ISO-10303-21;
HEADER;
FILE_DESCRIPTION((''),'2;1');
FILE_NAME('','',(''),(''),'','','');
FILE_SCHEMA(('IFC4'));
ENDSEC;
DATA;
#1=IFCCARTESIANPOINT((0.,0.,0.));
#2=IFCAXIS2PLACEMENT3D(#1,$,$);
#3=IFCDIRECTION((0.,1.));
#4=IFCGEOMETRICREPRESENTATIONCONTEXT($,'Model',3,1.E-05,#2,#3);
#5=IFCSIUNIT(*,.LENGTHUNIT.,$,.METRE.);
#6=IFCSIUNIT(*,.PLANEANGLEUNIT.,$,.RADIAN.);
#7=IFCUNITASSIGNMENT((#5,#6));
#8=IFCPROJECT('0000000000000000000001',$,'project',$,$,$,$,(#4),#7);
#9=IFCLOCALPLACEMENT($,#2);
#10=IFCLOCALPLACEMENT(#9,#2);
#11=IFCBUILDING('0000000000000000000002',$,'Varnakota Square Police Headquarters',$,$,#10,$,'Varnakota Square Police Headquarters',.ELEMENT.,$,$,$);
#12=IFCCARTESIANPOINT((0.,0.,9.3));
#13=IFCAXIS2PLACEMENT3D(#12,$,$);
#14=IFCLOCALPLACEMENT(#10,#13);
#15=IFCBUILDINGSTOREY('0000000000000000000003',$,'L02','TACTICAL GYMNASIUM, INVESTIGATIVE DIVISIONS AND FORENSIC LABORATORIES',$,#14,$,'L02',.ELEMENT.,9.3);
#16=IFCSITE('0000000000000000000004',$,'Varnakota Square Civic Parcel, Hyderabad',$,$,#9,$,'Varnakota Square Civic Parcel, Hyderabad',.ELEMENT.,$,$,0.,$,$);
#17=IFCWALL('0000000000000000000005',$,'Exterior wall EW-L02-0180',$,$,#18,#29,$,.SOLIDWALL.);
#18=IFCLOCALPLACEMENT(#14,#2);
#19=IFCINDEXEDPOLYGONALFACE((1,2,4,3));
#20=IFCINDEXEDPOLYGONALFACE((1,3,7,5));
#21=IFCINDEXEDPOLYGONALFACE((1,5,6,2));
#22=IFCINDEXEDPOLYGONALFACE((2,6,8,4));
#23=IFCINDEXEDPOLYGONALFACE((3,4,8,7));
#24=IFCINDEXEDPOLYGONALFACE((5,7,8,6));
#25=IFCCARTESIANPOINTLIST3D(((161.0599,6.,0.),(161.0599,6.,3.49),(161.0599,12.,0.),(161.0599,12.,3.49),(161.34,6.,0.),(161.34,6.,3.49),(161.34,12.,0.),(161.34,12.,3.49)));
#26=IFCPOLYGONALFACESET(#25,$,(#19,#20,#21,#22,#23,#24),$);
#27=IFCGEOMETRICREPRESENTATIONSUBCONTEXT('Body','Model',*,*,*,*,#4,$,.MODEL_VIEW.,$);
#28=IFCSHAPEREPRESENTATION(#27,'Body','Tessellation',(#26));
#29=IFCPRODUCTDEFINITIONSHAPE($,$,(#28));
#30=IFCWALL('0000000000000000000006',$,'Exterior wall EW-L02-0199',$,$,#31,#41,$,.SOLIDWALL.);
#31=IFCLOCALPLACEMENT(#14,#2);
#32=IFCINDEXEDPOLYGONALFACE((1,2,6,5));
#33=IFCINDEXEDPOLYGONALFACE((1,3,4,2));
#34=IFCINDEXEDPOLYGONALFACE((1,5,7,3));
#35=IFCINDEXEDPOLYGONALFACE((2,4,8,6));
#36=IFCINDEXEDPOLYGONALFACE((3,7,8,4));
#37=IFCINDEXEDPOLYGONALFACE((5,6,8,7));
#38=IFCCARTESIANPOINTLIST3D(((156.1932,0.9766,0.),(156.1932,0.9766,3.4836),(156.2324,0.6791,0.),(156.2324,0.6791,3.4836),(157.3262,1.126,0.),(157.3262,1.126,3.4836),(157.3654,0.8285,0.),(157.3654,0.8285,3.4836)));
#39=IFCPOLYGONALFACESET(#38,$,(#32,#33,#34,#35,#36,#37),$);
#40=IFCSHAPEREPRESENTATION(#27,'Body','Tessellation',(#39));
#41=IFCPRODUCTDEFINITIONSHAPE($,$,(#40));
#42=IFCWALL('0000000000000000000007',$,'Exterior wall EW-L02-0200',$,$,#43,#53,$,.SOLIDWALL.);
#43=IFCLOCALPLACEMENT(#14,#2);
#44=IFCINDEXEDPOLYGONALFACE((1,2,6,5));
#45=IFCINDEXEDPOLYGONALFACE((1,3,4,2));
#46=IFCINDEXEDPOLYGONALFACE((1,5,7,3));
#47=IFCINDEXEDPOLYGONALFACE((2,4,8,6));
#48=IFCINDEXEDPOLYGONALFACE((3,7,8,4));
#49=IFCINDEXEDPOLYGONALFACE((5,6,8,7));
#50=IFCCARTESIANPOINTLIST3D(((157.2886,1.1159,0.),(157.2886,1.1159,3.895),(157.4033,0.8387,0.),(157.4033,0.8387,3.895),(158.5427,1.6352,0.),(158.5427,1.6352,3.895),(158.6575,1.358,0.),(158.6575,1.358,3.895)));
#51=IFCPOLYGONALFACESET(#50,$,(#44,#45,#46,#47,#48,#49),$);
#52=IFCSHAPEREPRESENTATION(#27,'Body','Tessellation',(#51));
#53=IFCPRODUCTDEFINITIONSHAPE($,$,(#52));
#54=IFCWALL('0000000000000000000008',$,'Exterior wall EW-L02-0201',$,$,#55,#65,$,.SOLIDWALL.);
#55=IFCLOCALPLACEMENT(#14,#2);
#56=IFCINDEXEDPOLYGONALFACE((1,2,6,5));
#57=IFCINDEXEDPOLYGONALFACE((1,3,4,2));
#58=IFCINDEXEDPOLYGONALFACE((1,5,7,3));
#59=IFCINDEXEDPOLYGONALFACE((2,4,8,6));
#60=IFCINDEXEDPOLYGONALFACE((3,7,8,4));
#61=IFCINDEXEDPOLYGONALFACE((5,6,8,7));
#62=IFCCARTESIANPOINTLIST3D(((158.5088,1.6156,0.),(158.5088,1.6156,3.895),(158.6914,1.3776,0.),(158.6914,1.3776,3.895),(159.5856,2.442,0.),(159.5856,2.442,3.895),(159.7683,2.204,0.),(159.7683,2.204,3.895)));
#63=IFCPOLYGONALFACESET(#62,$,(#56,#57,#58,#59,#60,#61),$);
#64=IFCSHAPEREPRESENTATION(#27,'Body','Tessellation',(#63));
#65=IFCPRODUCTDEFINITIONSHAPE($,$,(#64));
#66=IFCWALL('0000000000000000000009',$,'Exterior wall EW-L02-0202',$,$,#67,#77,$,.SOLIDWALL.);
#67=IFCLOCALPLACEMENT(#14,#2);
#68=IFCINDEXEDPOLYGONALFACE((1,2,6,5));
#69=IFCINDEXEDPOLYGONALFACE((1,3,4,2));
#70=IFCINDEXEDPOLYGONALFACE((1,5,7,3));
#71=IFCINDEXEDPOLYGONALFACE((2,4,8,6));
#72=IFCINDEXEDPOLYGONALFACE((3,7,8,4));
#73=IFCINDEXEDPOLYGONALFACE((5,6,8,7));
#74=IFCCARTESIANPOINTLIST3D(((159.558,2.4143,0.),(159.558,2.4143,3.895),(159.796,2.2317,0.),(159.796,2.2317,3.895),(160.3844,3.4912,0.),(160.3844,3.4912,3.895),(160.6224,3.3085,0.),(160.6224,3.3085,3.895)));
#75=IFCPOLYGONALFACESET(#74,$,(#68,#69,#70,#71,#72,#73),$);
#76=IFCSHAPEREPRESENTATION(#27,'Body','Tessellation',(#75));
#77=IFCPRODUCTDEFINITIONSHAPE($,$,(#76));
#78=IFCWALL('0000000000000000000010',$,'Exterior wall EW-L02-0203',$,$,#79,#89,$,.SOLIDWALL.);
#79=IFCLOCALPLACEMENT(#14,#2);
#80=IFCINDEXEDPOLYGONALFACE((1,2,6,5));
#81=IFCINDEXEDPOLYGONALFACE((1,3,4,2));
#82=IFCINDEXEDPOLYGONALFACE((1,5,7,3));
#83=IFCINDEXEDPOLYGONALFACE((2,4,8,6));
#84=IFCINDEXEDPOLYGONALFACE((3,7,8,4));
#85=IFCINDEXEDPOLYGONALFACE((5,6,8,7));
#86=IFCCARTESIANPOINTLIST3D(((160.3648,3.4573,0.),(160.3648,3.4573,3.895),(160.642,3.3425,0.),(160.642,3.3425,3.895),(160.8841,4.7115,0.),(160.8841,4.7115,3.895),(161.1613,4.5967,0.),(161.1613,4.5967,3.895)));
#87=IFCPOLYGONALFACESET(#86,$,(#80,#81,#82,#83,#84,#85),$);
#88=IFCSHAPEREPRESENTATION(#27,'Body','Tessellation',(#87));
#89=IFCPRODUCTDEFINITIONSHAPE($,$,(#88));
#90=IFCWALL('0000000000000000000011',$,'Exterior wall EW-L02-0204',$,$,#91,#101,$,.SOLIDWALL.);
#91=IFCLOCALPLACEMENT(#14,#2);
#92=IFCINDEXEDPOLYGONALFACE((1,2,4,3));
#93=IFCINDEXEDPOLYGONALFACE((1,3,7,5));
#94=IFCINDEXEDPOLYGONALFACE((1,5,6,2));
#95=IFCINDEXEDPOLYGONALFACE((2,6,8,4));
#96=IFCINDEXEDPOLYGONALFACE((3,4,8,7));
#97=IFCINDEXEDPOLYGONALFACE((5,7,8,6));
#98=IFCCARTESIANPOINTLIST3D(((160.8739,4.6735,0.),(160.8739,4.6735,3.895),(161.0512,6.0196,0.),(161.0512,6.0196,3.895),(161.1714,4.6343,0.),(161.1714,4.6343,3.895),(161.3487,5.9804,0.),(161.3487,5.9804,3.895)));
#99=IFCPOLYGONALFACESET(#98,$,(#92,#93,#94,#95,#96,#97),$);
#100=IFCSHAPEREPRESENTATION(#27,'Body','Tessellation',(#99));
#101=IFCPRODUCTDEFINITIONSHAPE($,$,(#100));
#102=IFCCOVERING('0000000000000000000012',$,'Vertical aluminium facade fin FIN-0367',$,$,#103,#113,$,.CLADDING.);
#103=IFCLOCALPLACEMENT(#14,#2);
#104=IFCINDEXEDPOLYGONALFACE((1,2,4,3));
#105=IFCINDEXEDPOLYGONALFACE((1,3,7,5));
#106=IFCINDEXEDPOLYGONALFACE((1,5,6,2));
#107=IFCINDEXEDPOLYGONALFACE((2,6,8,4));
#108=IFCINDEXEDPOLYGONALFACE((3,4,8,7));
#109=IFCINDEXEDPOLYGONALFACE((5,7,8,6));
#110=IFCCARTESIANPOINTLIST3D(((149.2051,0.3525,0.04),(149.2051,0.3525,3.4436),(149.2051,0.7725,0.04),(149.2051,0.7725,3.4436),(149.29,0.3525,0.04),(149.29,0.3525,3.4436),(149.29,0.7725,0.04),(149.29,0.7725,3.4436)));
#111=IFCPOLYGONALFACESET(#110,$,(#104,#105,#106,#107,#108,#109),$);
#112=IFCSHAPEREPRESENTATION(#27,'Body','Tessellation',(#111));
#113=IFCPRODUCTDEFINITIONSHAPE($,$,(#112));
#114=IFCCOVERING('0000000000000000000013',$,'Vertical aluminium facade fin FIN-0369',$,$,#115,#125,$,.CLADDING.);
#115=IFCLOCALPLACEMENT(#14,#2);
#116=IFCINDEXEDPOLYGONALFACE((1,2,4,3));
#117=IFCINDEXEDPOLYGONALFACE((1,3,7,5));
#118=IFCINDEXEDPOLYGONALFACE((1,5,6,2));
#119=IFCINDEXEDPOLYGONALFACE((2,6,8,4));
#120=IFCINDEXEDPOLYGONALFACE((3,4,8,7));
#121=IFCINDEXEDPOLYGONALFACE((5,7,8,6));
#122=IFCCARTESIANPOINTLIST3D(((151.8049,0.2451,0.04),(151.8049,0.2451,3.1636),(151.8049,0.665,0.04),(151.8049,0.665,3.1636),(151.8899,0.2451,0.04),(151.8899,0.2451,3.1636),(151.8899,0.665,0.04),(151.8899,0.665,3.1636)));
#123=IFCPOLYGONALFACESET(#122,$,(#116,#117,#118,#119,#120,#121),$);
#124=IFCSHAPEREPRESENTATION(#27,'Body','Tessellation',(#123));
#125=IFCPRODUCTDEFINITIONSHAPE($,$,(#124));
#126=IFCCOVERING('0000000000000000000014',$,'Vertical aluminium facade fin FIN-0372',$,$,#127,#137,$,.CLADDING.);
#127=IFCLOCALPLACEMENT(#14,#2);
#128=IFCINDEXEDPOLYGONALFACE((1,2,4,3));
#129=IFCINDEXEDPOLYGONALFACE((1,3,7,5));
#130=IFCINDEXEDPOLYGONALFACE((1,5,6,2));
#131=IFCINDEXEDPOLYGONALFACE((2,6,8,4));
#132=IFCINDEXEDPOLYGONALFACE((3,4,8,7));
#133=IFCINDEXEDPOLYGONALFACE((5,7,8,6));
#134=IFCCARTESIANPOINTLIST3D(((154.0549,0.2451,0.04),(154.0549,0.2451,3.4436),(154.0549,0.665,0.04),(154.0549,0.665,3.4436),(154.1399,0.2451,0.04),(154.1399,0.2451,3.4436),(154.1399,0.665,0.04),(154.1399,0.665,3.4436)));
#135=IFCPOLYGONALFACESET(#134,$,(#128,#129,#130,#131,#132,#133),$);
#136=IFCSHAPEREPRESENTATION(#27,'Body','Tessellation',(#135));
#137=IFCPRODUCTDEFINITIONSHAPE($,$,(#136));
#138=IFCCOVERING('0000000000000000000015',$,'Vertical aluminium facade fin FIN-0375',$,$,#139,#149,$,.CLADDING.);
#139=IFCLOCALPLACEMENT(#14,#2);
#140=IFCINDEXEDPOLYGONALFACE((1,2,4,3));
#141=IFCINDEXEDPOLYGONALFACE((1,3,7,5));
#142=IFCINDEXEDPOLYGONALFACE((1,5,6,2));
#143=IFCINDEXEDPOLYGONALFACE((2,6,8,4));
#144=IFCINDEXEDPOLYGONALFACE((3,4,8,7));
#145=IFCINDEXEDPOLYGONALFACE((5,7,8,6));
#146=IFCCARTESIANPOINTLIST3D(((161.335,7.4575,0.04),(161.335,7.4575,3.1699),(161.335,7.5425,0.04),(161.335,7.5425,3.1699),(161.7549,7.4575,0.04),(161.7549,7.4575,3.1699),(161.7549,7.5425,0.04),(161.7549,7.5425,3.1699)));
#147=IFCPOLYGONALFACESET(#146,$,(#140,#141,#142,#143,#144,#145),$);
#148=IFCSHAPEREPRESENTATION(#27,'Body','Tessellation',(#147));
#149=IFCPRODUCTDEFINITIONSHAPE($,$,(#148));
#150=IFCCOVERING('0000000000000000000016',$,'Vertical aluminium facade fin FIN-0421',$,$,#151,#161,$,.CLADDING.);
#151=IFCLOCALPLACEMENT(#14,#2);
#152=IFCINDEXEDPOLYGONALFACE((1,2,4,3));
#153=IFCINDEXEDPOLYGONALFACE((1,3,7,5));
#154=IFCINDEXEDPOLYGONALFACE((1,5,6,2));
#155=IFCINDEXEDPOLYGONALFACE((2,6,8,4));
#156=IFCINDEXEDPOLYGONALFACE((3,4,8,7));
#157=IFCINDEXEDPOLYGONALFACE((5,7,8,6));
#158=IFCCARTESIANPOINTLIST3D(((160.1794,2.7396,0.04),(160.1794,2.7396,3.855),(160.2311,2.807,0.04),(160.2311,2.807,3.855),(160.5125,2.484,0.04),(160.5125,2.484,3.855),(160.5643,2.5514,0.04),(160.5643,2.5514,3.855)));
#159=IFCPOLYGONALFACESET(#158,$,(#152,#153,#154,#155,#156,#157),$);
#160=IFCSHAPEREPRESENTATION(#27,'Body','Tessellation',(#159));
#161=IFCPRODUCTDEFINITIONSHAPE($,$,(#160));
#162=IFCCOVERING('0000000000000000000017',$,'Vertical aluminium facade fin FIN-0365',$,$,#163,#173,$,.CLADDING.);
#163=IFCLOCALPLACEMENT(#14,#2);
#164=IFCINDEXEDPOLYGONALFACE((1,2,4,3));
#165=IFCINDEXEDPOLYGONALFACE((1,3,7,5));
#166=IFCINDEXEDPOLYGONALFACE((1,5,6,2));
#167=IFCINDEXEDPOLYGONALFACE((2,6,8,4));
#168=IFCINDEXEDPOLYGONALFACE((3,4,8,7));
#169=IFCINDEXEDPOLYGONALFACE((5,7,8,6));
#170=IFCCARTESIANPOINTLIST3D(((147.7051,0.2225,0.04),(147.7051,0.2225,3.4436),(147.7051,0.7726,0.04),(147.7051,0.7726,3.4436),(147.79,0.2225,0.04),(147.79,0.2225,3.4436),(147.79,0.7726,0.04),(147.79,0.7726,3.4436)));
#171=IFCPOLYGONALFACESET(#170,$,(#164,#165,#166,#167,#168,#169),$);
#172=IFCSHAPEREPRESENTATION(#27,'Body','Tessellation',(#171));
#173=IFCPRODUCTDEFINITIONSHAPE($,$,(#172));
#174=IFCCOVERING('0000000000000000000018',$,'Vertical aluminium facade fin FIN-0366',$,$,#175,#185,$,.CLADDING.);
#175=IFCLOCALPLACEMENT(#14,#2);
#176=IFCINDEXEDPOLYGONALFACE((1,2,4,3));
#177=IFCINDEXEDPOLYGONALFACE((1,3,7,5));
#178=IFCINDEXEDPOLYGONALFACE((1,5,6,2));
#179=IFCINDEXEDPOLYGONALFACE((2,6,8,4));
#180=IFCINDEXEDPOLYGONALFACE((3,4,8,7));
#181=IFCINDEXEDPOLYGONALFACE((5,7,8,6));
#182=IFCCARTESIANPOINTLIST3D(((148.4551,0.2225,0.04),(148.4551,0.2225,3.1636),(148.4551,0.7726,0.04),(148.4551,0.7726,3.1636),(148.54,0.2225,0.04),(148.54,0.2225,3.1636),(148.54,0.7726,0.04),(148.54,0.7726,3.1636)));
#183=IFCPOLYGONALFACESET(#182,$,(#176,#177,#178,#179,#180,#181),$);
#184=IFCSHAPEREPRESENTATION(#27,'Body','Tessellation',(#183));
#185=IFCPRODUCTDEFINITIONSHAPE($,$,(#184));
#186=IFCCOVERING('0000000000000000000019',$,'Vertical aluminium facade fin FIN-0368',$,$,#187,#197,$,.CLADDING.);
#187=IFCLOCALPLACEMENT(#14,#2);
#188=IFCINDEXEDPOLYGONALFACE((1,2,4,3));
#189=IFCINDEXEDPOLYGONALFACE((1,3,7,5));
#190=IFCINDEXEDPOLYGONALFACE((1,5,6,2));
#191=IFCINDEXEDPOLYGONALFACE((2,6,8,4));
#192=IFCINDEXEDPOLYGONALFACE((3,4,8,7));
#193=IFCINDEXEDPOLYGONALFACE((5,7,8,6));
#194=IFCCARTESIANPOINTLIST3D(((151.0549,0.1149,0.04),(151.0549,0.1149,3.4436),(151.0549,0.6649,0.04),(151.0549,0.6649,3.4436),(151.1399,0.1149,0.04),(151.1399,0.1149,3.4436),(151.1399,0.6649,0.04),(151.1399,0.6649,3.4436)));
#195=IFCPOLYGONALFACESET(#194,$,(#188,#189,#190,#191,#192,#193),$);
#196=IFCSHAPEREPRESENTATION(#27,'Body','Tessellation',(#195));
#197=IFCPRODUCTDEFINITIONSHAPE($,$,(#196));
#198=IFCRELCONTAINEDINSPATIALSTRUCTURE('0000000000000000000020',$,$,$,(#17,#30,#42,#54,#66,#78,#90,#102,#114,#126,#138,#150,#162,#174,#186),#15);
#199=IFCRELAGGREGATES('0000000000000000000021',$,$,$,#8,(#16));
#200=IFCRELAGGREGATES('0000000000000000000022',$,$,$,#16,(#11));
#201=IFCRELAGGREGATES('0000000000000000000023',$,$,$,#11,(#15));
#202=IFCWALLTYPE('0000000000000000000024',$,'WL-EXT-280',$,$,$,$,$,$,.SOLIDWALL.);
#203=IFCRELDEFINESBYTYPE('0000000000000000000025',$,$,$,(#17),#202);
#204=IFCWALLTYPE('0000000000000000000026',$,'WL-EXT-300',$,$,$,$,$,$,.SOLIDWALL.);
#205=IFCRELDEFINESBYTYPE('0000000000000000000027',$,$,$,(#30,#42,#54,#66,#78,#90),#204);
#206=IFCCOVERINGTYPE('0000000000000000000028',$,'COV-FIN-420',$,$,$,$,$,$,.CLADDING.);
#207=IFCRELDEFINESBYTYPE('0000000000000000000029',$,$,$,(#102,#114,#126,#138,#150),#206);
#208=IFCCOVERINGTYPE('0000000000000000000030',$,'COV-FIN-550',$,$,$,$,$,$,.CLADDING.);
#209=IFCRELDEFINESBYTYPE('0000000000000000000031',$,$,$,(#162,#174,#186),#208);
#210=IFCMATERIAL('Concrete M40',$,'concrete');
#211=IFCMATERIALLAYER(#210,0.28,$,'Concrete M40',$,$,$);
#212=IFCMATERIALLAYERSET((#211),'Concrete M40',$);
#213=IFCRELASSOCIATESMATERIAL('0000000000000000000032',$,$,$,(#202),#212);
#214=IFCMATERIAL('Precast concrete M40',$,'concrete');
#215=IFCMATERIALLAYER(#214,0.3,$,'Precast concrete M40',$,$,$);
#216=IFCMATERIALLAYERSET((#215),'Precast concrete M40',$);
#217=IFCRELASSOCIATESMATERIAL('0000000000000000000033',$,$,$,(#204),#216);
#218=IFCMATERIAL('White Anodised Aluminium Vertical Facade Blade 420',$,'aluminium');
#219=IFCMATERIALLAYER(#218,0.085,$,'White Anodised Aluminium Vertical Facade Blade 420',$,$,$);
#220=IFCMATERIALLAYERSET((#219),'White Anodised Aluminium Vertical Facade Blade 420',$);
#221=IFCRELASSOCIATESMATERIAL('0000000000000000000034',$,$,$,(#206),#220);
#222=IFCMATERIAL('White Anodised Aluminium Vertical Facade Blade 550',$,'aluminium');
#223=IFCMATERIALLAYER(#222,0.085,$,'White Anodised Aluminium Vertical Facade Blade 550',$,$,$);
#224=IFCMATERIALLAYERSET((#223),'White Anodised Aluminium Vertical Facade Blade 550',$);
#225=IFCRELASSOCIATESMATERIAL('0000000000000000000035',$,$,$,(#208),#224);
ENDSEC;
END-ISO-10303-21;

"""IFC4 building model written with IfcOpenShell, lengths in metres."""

from ifc_helpers import new_model, si_unit, direction, frame, frame_2d, origin, origin_2d, place, context, subcontext, project, spatial, rectangle, extrude, material, layer, layer_set, type_object, element, save


model = new_model("IFC4")

# Units and contexts
model_context = context("Model", 3, precision=1e-05, world=origin(), true_north=direction((0.0, 1.0)))
body_context = subcontext(model_context, "Body", "Model", "MODEL_VIEW")
ifc_project = project(units=[si_unit("LENGTHUNIT", "METRE"), si_unit("PLANEANGLEUNIT", "RADIAN")], contexts=[model_context])

# Site, building, storey
site_placement = place(None, origin())
site = spatial("IfcSite", under=ifc_project, at=site_placement, Name="Varnakota Square Civic Parcel, Hyderabad", LongName="Varnakota Square Civic Parcel, Hyderabad", CompositionType="ELEMENT", RefElevation=0.0)
building_placement = place(site_placement, origin())
building = spatial("IfcBuilding", under=site, at=building_placement, Name="Varnakota Square Police Headquarters", LongName="Varnakota Square Police Headquarters", CompositionType="ELEMENT")
storey_placement = place(building_placement, frame((0.0, 0.0, 9.3)))
storey = spatial("IfcBuildingStorey", under=building, at=storey_placement, Name="L02", Description="TACTICAL GYMNASIUM, INVESTIGATIVE DIVISIONS AND FORENSIC LABORATORIES", LongName="L02", CompositionType="ELEMENT", Elevation=9.3)

# Shared definitions
ifc_material_1 = material(Name="Concrete M40", Category="concrete")
ifc_layer_1 = layer(ifc_material_1, 0.28, Name="Concrete M40")
ifc_layer_set_1 = layer_set([ifc_layer_1], Name="Concrete M40")
wall_type_1 = type_object("IfcWallType", Name="WL-EXT-280", PredefinedType="SOLIDWALL", material=ifc_layer_set_1)

# Walls
wall_1_placement = place(storey_placement, frame((161.2, 6.0, 0.0), z_axis=(0.0, 0.0, 1.0), x_axis=(0.0, 1.0, 0.0)))
element("IfcWall", 1, at=wall_1_placement, inside=storey, type_object=wall_type_1, Name="Exterior wall EW-L02-0180", PredefinedType="SOLIDWALL", context=body_context, shape_type="SweptSolid", body=[
    extrude(rectangle(XDim=6.0, YDim=0.28, at=frame_2d((3.0, 0.0))), origin(), (0.0, 0.0, 1.0), 3.49),
])
ifc_material_2 = material(Name="Precast concrete M40", Category="concrete")
ifc_layer_2 = layer(ifc_material_2, 0.3, Name="Precast concrete M40")
ifc_layer_set_2 = layer_set([ifc_layer_2], Name="Precast concrete M40")
wall_type_2 = type_object("IfcWallType", Name="WL-EXT-300", PredefinedType="SOLIDWALL", material=ifc_layer_set_2)
wall_2_placement = place(storey_placement, frame((156.2129, 0.8279, 0.0), z_axis=(0.0, 0.0, 1.0), x_axis=(0.991417, 0.130736, 0.0)))
element("IfcWall", 2, at=wall_2_placement, inside=storey, type_object=wall_type_2, Name="Exterior wall EW-L02-0199", PredefinedType="SOLIDWALL", context=body_context, shape_type="SweptSolid", body=[
    extrude(rectangle(XDim=1.1428, YDim=0.3, at=frame_2d((0.5713, 0.0))), origin(), (0.0, 0.0, 1.0), 3.4836),
])
for number, where, z_axis, x_axis, name in (
    (3, (157.3459, 0.9773, 0.0), (0.0, 0.0, 1.0), (0.923931, 0.382558, 0.0), "Exterior wall EW-L02-0200"),
    (4, (158.6001, 1.4966, 0.0), (0.0, 0.0, 1.0), (0.793325, 0.608798, 0.0), "Exterior wall EW-L02-0201"),
    (5, (159.677, 2.323, 0.0), (0.0, 0.0, 1.0), (0.608798, 0.793325, 0.0), "Exterior wall EW-L02-0202"),
    (6, (160.5034, 3.3999, 0.0), (0.0, 0.0, 1.0), (0.382558, 0.923931, 0.0), "Exterior wall EW-L02-0203"),
):
    element("IfcWall", number, at=place(storey_placement, frame(where, z_axis=z_axis, x_axis=x_axis)), inside=storey, type_object=wall_type_2, Name=name, PredefinedType="SOLIDWALL", context=body_context, shape_type="SweptSolid", body=[
        extrude(rectangle(XDim=1.3574, YDim=0.3, at=frame_2d((0.6787, 0.0))), origin(), (0.0, 0.0, 1.0), 3.895),
    ])
wall_3_placement = place(storey_placement, frame((161.0227, 4.6541, 0.0), z_axis=(0.0, 0.0, 1.0), x_axis=(0.130562, 0.99144, 0.0)))
element("IfcWall", 7, at=wall_3_placement, inside=storey, type_object=wall_type_2, Name="Exterior wall EW-L02-0204", PredefinedType="SOLIDWALL", context=body_context, shape_type="SweptSolid", body=[
    extrude(rectangle(XDim=1.3577, YDim=0.3, at=frame_2d((0.6787, 0.0))), origin(), (0.0, 0.0, 1.0), 3.895),
])

# Coverings
ifc_material_3 = material(Name="White Anodised Aluminium Vertical Facade Blade 420", Category="aluminium")
ifc_layer_3 = layer(ifc_material_3, 0.085, Name="White Anodised Aluminium Vertical Facade Blade 420")
ifc_layer_set_3 = layer_set([ifc_layer_3], Name="White Anodised Aluminium Vertical Facade Blade 420")
covering_type_1 = type_object("IfcCoveringType", Name="COV-FIN-420", PredefinedType="CLADDING", material=ifc_layer_set_3)
covering_1_placement = place(storey_placement, frame((149.2476, 0.5625, 0.04), z_axis=(0.0, 0.0, 1.0), x_axis=(1.0, 0.0, 0.0)))
element("IfcCovering", 8, at=covering_1_placement, inside=storey, type_object=covering_type_1, Name="Vertical aluminium facade fin FIN-0367", PredefinedType="CLADDING", context=body_context, shape_type="SweptSolid", body=[
    extrude(rectangle(XDim=0.085, YDim=0.4199, at=origin_2d()), origin(), (0.0, 0.0, 1.0), 3.4036),
])
covering_2_placement = place(storey_placement, frame((151.8474, 0.4551, 0.04), z_axis=(0.0, 0.0, 1.0), x_axis=(1.0, 0.0, 0.0)))
element("IfcCovering", 9, at=covering_2_placement, inside=storey, type_object=covering_type_1, Name="Vertical aluminium facade fin FIN-0369", PredefinedType="CLADDING", context=body_context, shape_type="SweptSolid", body=[
    extrude(rectangle(XDim=0.085, YDim=0.4199, at=origin_2d()), origin(), (0.0, 0.0, 1.0), 3.1235),
])
covering_3_placement = place(storey_placement, frame((154.0974, 0.4551, 0.04), z_axis=(0.0, 0.0, 1.0), x_axis=(1.0, 0.0, 0.0)))
element("IfcCovering", 10, at=covering_3_placement, inside=storey, type_object=covering_type_1, Name="Vertical aluminium facade fin FIN-0372", PredefinedType="CLADDING", context=body_context, shape_type="SweptSolid", body=[
    extrude(rectangle(XDim=0.085, YDim=0.4199, at=origin_2d()), origin(), (0.0, 0.0, 1.0), 3.4036),
])
covering_4_placement = place(storey_placement, frame((161.5449, 7.5, 0.04), z_axis=(0.0, 0.0, 1.0), x_axis=(0.0, 1.0, 0.0)))
element("IfcCovering", 11, at=covering_4_placement, inside=storey, type_object=covering_type_1, Name="Vertical aluminium facade fin FIN-0375", PredefinedType="CLADDING", context=body_context, shape_type="SweptSolid", body=[
    extrude(rectangle(XDim=0.085, YDim=0.4199, at=origin_2d()), origin(), (0.0, 0.0, 1.0), 3.1299),
])
covering_5_placement = place(storey_placement, frame((160.3718, 2.6455, 0.04), z_axis=(0.0, 0.0, 1.0), x_axis=(0.608761, 0.793353, 0.0)))
element("IfcCovering", 12, at=covering_5_placement, inside=storey, type_object=covering_type_1, Name="Vertical aluminium facade fin FIN-0421", PredefinedType="CLADDING", context=body_context, shape_type="SweptSolid", body=[
    extrude(rectangle(XDim=0.085, YDim=0.4199, at=origin_2d()), origin(), (0.0, 0.0, 1.0), 3.8149),
])
ifc_material_4 = material(Name="White Anodised Aluminium Vertical Facade Blade 550", Category="aluminium")
ifc_layer_4 = layer(ifc_material_4, 0.085, Name="White Anodised Aluminium Vertical Facade Blade 550")
ifc_layer_set_4 = layer_set([ifc_layer_4], Name="White Anodised Aluminium Vertical Facade Blade 550")
covering_type_2 = type_object("IfcCoveringType", Name="COV-FIN-550", PredefinedType="CLADDING", material=ifc_layer_set_4)
covering_6_placement = place(storey_placement, frame((147.7476, 0.4976, 0.04), z_axis=(0.0, 0.0, 1.0), x_axis=(1.0, 0.0, 0.0)))
element("IfcCovering", 13, at=covering_6_placement, inside=storey, type_object=covering_type_2, Name="Vertical aluminium facade fin FIN-0365", PredefinedType="CLADDING", context=body_context, shape_type="SweptSolid", body=[
    extrude(rectangle(XDim=0.085, YDim=0.55, at=origin_2d()), origin(), (0.0, 0.0, 1.0), 3.4036),
])
covering_7_placement = place(storey_placement, frame((148.4976, 0.4976, 0.04), z_axis=(0.0, 0.0, 1.0), x_axis=(1.0, 0.0, 0.0)))
element("IfcCovering", 14, at=covering_7_placement, inside=storey, type_object=covering_type_2, Name="Vertical aluminium facade fin FIN-0366", PredefinedType="CLADDING", context=body_context, shape_type="SweptSolid", body=[
    extrude(rectangle(XDim=0.085, YDim=0.55, at=origin_2d()), origin(), (0.0, 0.0, 1.0), 3.1235),
])
for number, where, z_axis, x_axis, name in (
    (15, (151.0974, 0.3899, 0.04), (0.0, 0.0, 1.0), (1.0, 0.0, 0.0), "Vertical aluminium facade fin FIN-0368"),
):
    element("IfcCovering", number, at=place(storey_placement, frame(where, z_axis=z_axis, x_axis=x_axis)), inside=storey, type_object=covering_type_2, Name=name, PredefinedType="CLADDING", context=body_context, shape_type="SweptSolid", body=[
        extrude(rectangle(XDim=0.085, YDim=0.55, at=origin_2d()), origin(), (0.0, 0.0, 1.0), 3.4036),
    ])

save(model, "model.ifc")
